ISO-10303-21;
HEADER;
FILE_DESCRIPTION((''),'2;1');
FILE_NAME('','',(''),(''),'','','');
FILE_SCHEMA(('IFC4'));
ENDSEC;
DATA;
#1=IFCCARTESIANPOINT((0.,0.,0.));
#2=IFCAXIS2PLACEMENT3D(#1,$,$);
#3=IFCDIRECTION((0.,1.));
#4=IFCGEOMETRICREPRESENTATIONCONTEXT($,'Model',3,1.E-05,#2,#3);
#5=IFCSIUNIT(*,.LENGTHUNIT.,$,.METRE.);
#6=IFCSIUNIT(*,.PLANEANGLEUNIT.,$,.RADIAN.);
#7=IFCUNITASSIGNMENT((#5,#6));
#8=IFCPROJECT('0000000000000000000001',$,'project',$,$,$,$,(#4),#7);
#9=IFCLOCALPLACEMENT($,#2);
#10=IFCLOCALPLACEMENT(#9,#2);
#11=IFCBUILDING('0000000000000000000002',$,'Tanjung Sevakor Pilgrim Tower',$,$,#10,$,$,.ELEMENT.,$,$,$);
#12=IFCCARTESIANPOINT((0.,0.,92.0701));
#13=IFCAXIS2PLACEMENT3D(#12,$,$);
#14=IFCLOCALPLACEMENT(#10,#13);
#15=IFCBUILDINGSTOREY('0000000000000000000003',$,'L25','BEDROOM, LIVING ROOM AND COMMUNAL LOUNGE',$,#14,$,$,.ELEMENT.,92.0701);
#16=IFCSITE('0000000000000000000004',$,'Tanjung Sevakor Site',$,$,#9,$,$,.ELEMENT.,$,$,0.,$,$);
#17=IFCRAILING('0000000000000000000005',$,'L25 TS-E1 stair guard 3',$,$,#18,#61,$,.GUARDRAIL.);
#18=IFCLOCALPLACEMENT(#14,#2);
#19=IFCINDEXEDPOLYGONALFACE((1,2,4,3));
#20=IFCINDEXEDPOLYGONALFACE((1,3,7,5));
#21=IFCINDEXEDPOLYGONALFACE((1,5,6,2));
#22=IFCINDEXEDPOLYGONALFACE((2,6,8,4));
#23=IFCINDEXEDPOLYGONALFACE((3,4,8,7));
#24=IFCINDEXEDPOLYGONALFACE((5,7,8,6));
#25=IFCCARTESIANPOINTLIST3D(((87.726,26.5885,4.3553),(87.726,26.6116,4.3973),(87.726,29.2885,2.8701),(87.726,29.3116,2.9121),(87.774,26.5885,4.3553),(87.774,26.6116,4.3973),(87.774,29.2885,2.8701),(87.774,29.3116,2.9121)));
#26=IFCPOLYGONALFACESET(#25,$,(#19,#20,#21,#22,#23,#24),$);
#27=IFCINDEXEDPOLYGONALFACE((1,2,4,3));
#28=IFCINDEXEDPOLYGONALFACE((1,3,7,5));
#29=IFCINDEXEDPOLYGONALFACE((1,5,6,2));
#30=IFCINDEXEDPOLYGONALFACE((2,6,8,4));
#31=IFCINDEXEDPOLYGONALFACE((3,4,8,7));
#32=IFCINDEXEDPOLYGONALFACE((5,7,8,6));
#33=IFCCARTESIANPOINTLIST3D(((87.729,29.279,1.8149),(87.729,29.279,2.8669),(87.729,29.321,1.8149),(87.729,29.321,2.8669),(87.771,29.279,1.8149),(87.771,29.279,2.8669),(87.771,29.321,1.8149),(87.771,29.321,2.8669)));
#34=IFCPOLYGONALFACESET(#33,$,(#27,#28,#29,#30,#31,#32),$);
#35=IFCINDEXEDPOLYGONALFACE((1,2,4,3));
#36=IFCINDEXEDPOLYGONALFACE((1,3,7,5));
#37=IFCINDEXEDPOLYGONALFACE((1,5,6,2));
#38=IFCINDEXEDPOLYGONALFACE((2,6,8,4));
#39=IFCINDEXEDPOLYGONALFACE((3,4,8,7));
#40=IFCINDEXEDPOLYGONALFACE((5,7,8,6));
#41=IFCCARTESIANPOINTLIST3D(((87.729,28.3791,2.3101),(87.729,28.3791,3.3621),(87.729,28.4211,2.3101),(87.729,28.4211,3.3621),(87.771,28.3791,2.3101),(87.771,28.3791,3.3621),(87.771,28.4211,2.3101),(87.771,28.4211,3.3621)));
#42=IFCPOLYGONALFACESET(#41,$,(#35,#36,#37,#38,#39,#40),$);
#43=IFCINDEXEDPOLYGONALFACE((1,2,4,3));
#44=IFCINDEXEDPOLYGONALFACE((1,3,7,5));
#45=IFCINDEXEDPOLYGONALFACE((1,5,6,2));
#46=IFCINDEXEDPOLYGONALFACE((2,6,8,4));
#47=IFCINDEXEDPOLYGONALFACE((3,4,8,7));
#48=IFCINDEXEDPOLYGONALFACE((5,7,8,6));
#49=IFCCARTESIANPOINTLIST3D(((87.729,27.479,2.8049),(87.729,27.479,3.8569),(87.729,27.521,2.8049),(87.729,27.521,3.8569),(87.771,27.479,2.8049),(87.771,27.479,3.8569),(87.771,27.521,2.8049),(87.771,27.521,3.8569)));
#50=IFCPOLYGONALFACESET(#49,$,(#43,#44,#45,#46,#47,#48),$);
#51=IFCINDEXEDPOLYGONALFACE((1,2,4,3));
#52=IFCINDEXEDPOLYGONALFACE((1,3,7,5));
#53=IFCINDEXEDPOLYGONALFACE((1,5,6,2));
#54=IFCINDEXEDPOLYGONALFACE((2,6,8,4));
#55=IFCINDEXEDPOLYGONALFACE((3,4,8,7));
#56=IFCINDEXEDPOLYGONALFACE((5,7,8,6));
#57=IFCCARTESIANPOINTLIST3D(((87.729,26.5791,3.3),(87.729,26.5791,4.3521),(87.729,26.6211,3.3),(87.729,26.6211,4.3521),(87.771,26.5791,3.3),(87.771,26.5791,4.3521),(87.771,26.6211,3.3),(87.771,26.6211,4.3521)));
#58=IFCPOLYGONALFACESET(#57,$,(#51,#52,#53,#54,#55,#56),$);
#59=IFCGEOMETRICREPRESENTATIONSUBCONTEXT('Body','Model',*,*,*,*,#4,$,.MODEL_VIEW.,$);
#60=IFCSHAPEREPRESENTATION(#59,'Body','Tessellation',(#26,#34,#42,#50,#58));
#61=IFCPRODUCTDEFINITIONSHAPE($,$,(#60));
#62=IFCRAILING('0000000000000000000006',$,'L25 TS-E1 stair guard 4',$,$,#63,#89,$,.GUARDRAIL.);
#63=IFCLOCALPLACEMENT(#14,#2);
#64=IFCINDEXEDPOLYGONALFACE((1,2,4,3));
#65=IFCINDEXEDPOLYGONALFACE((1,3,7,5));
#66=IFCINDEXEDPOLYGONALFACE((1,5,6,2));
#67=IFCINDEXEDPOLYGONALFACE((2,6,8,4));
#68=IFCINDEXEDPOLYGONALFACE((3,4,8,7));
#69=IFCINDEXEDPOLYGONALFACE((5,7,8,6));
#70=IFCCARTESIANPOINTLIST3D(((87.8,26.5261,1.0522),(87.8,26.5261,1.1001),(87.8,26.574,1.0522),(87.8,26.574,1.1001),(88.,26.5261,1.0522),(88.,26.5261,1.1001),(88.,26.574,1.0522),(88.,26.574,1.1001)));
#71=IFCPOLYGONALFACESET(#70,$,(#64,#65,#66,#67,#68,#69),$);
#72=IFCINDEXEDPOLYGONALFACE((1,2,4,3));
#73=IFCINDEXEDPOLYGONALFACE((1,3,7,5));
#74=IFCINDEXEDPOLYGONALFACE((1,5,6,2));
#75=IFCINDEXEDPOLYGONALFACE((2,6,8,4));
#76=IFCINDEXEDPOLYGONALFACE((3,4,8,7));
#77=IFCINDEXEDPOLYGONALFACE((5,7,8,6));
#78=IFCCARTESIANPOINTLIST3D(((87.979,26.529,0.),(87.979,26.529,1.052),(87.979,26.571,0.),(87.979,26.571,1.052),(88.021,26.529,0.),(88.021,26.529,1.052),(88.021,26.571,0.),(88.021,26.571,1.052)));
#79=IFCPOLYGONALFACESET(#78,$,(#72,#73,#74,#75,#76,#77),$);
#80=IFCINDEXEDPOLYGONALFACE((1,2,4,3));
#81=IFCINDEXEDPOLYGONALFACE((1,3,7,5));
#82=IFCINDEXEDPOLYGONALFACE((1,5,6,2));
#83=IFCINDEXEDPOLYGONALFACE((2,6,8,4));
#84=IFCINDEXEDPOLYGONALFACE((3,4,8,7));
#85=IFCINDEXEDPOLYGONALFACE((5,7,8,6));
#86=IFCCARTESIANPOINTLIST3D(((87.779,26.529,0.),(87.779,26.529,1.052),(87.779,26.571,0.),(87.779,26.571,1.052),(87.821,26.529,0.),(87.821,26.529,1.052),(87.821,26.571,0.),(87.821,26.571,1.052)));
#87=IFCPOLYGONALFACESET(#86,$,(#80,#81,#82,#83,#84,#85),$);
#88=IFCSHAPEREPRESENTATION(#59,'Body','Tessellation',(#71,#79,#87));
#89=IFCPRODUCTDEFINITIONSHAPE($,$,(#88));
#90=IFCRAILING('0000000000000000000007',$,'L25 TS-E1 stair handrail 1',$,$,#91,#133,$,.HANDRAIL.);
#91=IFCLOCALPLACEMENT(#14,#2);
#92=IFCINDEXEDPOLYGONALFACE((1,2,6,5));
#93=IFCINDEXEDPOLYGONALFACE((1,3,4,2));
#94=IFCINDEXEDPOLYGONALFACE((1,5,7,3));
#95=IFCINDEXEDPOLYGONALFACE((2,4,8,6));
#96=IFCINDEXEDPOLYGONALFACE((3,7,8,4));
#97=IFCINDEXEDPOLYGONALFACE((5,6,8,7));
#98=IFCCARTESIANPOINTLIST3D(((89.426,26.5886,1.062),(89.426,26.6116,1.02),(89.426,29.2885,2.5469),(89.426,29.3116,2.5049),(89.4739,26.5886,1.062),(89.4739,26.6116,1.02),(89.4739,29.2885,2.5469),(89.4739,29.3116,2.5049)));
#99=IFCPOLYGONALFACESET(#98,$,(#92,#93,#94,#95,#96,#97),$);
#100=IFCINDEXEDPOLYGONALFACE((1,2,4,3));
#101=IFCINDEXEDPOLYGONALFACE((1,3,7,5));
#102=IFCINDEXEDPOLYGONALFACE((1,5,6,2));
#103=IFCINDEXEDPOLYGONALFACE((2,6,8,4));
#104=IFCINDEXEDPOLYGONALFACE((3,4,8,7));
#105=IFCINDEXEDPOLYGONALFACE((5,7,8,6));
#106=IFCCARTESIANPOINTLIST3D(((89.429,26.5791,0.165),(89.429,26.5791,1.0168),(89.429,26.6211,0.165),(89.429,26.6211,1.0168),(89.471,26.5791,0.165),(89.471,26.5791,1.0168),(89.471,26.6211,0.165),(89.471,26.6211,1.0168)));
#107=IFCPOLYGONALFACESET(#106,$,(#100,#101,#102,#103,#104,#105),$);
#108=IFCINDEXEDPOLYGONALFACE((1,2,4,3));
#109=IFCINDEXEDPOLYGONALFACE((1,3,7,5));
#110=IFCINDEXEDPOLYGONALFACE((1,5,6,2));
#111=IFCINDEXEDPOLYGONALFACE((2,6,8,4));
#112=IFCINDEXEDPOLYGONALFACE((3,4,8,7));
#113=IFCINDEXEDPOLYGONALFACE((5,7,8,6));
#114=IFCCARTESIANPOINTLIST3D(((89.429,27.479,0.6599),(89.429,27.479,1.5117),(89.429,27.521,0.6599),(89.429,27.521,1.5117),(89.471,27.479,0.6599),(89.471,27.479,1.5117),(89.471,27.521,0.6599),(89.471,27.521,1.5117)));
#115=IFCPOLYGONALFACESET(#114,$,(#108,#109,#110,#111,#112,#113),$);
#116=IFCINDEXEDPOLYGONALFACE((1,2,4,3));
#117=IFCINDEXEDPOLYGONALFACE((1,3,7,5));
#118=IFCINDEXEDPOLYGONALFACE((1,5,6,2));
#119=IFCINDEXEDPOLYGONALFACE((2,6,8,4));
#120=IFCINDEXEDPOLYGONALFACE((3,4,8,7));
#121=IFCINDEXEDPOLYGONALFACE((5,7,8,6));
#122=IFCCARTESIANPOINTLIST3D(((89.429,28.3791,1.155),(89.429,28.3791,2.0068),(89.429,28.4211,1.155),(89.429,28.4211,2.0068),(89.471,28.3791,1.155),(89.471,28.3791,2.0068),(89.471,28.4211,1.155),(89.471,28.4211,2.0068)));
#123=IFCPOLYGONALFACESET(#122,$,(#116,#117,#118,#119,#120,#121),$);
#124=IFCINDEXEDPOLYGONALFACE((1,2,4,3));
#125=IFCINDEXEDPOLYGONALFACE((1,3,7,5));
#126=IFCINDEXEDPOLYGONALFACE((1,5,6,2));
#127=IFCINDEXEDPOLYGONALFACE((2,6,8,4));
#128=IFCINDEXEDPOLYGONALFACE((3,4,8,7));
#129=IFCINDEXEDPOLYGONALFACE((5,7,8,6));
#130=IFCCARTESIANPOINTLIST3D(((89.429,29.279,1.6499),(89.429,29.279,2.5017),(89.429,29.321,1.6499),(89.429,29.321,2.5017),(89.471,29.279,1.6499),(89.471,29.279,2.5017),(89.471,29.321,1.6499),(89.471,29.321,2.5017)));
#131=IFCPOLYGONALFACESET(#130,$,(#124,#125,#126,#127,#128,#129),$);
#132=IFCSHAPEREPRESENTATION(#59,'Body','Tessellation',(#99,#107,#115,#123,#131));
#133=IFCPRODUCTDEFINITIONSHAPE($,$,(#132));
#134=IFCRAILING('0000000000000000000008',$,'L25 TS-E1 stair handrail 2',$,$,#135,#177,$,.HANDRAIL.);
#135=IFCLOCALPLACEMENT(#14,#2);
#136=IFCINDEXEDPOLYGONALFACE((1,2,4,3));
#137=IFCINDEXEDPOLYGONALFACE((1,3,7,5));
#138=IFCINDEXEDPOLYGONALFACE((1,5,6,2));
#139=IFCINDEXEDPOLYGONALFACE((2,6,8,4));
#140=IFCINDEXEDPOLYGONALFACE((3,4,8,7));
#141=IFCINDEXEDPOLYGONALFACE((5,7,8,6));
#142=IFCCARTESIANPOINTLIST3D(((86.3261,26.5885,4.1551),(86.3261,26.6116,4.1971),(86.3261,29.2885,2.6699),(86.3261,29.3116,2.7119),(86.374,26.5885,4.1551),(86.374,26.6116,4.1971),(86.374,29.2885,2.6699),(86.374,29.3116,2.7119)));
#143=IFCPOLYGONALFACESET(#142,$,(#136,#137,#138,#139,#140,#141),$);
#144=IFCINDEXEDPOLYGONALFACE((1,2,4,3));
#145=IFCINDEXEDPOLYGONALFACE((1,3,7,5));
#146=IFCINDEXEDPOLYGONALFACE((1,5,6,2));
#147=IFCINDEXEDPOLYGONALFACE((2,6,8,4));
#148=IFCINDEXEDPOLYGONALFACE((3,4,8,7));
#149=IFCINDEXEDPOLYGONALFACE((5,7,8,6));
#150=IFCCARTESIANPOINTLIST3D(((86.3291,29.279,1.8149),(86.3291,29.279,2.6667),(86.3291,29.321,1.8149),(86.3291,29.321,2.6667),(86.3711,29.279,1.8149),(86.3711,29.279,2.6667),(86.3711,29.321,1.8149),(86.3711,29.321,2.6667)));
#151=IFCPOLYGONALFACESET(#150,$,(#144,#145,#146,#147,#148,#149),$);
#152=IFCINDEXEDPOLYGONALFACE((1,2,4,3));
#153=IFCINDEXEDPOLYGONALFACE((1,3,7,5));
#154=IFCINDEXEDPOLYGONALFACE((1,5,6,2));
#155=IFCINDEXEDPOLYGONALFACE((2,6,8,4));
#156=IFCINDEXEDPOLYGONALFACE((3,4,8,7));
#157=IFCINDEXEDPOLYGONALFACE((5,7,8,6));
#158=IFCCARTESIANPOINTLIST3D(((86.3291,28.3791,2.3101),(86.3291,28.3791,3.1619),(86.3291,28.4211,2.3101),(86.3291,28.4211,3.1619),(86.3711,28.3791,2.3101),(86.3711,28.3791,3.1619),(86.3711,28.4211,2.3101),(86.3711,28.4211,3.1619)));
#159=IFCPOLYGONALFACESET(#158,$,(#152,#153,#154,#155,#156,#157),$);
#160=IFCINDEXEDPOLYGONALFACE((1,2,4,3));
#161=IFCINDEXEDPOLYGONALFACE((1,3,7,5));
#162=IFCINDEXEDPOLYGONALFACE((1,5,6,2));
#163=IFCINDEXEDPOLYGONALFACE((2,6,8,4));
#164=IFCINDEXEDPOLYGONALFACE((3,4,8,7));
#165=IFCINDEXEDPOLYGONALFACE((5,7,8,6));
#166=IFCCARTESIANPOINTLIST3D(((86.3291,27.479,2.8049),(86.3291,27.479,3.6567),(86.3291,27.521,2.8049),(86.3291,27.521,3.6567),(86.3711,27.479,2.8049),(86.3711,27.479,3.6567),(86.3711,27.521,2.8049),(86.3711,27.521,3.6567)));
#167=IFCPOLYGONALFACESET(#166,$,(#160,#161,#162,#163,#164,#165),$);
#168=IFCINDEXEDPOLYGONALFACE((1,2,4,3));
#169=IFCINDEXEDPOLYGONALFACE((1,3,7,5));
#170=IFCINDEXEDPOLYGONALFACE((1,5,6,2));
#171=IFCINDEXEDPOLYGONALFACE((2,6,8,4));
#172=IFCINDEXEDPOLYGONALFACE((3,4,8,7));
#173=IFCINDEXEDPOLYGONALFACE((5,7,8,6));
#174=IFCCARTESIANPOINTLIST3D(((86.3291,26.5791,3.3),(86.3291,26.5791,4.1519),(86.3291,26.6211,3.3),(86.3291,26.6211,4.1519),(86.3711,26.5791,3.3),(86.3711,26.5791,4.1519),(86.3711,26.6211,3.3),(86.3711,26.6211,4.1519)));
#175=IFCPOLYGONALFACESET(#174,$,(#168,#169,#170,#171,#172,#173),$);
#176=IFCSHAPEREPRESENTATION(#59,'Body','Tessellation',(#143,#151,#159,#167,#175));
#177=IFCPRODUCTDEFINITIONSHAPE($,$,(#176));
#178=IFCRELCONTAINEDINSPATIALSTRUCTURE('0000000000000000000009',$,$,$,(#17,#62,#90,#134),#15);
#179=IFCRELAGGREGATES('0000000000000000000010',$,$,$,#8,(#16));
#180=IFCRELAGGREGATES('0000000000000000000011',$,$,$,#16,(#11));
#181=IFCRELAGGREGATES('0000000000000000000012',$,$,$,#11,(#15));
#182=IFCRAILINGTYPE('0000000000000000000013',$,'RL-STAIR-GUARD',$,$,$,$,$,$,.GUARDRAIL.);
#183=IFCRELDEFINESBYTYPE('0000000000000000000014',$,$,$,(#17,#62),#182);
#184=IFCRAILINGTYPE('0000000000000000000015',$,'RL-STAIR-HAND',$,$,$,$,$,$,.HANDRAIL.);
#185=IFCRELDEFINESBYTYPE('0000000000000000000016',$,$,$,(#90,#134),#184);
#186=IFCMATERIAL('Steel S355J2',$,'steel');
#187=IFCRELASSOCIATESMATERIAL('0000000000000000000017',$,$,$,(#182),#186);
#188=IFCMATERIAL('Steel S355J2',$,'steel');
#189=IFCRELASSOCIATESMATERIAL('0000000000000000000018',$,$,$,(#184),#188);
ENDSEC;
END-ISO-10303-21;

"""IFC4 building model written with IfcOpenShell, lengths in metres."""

from ifc_helpers import new_model, si_unit, direction, frame, origin, place, context, subcontext, project, spatial, rectangle, extrude, material, type_object, element, save


model = new_model("IFC4")

# Units and contexts
model_context = context("Model", 3, precision=1e-05, world=origin(), true_north=direction((0.0, 1.0)))
body_context = subcontext(model_context, "Body", "Model", "MODEL_VIEW")
ifc_project = project(units=[si_unit("LENGTHUNIT", "METRE"), si_unit("PLANEANGLEUNIT", "RADIAN")], contexts=[model_context])

# Site, building, storey
site_placement = place(None, origin())
site = spatial("IfcSite", under=ifc_project, at=site_placement, Name="Tanjung Sevakor Site", CompositionType="ELEMENT", RefElevation=0.0)
building_placement = place(site_placement, origin())
building = spatial("IfcBuilding", under=site, at=building_placement, Name="Tanjung Sevakor Pilgrim Tower", CompositionType="ELEMENT")
storey_placement = place(building_placement, frame((0.0, 0.0, 92.0701)))
storey = spatial("IfcBuildingStorey", under=building, at=storey_placement, Name="L25", Description="BEDROOM, LIVING ROOM AND COMMUNAL LOUNGE", CompositionType="ELEMENT", Elevation=92.0701)

# Railings
ifc_material_1 = material(Name="Steel S355J2", Category="steel")
railing_type_1 = type_object("IfcRailingType", Name="RL-STAIR-GUARD", PredefinedType="GUARDRAIL", material=ifc_material_1)
railing_1_placement = place(storey_placement, frame((87.75, 29.3, 1.8149)))
element("IfcRailing", 1, at=railing_1_placement, inside=storey, type_object=railing_type_1, Name="L25 TS-E1 stair guard 3", PredefinedType="GUARDRAIL", context=body_context, shape_type="SweptSolid", body=[
    extrude(rectangle(XDim=0.0479, YDim=0.0479), frame((0.0, 0.0, 1.0762), z_axis=(0.0, -0.876198, 0.481952), x_axis=(1.0, 0.0, 0.0)), (0.0, 0.0, 1.0), 3.0815),
    extrude(rectangle(XDim=0.042, YDim=0.042), origin(), (0.0, 0.0, 1.0), 1.052),
    extrude(rectangle(XDim=0.042, YDim=0.042), frame((0.0, -0.8999, 0.4951)), (0.0, 0.0, 1.0), 1.052),
    extrude(rectangle(XDim=0.042, YDim=0.042), frame((0.0, -1.8, 0.99)), (0.0, 0.0, 1.0), 1.052),
    extrude(rectangle(XDim=0.042, YDim=0.042), frame((0.0, -2.7, 1.4851)), (0.0, 0.0, 1.0), 1.052),
])
railing_2_placement = place(storey_placement, frame((88.0, 26.55, 0.0)))
element("IfcRailing", 2, at=railing_2_placement, inside=storey, type_object=railing_type_1, Name="L25 TS-E1 stair guard 4", PredefinedType="GUARDRAIL", context=body_context, shape_type="SweptSolid", body=[
    extrude(rectangle(XDim=0.0479, YDim=0.0479), frame((0.0, 0.0, 1.0762), z_axis=(-1.0, 0.0, 0.0), x_axis=(0.0, -1.0, 0.0)), (0.0, 0.0, 1.0), 0.2),
    extrude(rectangle(XDim=0.042, YDim=0.042), origin(), (0.0, 0.0, 1.0), 1.052),
    extrude(rectangle(XDim=0.042, YDim=0.042), frame((-0.2, 0.0, 0.0)), (0.0, 0.0, 1.0), 1.052),
])
ifc_material_2 = material(Name="Steel S355J2", Category="steel")
railing_type_2 = type_object("IfcRailingType", Name="RL-STAIR-HAND", PredefinedType="HANDRAIL", material=ifc_material_2)
railing_3_placement = place(storey_placement, frame((89.45, 26.6001, 0.165)))
element("IfcRailing", 3, at=railing_3_placement, inside=storey, type_object=railing_type_2, Name="L25 TS-E1 stair handrail 1", PredefinedType="HANDRAIL", context=body_context, shape_type="SweptSolid", body=[
    extrude(rectangle(XDim=0.0479, YDim=0.0479), frame((0.0, 0.0, 0.876), z_axis=(0.0, 0.876231, 0.481891), x_axis=(-1.0, 0.0, 0.0)), (0.0, 0.0, 1.0), 3.0813),
    extrude(rectangle(XDim=0.042, YDim=0.042), origin(), (0.0, 0.0, 1.0), 0.8518),
    extrude(rectangle(XDim=0.042, YDim=0.042), frame((0.0, 0.8999, 0.4949)), (0.0, 0.0, 1.0), 0.8518),
    extrude(rectangle(XDim=0.042, YDim=0.042), frame((0.0, 1.8, 0.99)), (0.0, 0.0, 1.0), 0.8518),
    extrude(rectangle(XDim=0.042, YDim=0.042), frame((0.0, 2.7, 1.4849)), (0.0, 0.0, 1.0), 0.8518),
])
railing_4_placement = place(storey_placement, frame((86.3501, 29.3, 1.8149)))
element("IfcRailing", 4, at=railing_4_placement, inside=storey, type_object=railing_type_2, Name="L25 TS-E1 stair handrail 2", PredefinedType="HANDRAIL", context=body_context, shape_type="SweptSolid", body=[
    extrude(rectangle(XDim=0.0479, YDim=0.0479), frame((0.0, 0.0, 0.876), z_axis=(0.0, -0.876198, 0.481952), x_axis=(1.0, 0.0, 0.0)), (0.0, 0.0, 1.0), 3.0815),
    extrude(rectangle(XDim=0.042, YDim=0.042), origin(), (0.0, 0.0, 1.0), 0.8518),
    extrude(rectangle(XDim=0.042, YDim=0.042), frame((0.0, -0.8999, 0.4951)), (0.0, 0.0, 1.0), 0.8518),
    extrude(rectangle(XDim=0.042, YDim=0.042), frame((0.0, -1.8, 0.99)), (0.0, 0.0, 1.0), 0.8518),
    extrude(rectangle(XDim=0.042, YDim=0.042), frame((0.0, -2.7, 1.4851)), (0.0, 0.0, 1.0), 0.8518),
])

save(model, "model.ifc")
